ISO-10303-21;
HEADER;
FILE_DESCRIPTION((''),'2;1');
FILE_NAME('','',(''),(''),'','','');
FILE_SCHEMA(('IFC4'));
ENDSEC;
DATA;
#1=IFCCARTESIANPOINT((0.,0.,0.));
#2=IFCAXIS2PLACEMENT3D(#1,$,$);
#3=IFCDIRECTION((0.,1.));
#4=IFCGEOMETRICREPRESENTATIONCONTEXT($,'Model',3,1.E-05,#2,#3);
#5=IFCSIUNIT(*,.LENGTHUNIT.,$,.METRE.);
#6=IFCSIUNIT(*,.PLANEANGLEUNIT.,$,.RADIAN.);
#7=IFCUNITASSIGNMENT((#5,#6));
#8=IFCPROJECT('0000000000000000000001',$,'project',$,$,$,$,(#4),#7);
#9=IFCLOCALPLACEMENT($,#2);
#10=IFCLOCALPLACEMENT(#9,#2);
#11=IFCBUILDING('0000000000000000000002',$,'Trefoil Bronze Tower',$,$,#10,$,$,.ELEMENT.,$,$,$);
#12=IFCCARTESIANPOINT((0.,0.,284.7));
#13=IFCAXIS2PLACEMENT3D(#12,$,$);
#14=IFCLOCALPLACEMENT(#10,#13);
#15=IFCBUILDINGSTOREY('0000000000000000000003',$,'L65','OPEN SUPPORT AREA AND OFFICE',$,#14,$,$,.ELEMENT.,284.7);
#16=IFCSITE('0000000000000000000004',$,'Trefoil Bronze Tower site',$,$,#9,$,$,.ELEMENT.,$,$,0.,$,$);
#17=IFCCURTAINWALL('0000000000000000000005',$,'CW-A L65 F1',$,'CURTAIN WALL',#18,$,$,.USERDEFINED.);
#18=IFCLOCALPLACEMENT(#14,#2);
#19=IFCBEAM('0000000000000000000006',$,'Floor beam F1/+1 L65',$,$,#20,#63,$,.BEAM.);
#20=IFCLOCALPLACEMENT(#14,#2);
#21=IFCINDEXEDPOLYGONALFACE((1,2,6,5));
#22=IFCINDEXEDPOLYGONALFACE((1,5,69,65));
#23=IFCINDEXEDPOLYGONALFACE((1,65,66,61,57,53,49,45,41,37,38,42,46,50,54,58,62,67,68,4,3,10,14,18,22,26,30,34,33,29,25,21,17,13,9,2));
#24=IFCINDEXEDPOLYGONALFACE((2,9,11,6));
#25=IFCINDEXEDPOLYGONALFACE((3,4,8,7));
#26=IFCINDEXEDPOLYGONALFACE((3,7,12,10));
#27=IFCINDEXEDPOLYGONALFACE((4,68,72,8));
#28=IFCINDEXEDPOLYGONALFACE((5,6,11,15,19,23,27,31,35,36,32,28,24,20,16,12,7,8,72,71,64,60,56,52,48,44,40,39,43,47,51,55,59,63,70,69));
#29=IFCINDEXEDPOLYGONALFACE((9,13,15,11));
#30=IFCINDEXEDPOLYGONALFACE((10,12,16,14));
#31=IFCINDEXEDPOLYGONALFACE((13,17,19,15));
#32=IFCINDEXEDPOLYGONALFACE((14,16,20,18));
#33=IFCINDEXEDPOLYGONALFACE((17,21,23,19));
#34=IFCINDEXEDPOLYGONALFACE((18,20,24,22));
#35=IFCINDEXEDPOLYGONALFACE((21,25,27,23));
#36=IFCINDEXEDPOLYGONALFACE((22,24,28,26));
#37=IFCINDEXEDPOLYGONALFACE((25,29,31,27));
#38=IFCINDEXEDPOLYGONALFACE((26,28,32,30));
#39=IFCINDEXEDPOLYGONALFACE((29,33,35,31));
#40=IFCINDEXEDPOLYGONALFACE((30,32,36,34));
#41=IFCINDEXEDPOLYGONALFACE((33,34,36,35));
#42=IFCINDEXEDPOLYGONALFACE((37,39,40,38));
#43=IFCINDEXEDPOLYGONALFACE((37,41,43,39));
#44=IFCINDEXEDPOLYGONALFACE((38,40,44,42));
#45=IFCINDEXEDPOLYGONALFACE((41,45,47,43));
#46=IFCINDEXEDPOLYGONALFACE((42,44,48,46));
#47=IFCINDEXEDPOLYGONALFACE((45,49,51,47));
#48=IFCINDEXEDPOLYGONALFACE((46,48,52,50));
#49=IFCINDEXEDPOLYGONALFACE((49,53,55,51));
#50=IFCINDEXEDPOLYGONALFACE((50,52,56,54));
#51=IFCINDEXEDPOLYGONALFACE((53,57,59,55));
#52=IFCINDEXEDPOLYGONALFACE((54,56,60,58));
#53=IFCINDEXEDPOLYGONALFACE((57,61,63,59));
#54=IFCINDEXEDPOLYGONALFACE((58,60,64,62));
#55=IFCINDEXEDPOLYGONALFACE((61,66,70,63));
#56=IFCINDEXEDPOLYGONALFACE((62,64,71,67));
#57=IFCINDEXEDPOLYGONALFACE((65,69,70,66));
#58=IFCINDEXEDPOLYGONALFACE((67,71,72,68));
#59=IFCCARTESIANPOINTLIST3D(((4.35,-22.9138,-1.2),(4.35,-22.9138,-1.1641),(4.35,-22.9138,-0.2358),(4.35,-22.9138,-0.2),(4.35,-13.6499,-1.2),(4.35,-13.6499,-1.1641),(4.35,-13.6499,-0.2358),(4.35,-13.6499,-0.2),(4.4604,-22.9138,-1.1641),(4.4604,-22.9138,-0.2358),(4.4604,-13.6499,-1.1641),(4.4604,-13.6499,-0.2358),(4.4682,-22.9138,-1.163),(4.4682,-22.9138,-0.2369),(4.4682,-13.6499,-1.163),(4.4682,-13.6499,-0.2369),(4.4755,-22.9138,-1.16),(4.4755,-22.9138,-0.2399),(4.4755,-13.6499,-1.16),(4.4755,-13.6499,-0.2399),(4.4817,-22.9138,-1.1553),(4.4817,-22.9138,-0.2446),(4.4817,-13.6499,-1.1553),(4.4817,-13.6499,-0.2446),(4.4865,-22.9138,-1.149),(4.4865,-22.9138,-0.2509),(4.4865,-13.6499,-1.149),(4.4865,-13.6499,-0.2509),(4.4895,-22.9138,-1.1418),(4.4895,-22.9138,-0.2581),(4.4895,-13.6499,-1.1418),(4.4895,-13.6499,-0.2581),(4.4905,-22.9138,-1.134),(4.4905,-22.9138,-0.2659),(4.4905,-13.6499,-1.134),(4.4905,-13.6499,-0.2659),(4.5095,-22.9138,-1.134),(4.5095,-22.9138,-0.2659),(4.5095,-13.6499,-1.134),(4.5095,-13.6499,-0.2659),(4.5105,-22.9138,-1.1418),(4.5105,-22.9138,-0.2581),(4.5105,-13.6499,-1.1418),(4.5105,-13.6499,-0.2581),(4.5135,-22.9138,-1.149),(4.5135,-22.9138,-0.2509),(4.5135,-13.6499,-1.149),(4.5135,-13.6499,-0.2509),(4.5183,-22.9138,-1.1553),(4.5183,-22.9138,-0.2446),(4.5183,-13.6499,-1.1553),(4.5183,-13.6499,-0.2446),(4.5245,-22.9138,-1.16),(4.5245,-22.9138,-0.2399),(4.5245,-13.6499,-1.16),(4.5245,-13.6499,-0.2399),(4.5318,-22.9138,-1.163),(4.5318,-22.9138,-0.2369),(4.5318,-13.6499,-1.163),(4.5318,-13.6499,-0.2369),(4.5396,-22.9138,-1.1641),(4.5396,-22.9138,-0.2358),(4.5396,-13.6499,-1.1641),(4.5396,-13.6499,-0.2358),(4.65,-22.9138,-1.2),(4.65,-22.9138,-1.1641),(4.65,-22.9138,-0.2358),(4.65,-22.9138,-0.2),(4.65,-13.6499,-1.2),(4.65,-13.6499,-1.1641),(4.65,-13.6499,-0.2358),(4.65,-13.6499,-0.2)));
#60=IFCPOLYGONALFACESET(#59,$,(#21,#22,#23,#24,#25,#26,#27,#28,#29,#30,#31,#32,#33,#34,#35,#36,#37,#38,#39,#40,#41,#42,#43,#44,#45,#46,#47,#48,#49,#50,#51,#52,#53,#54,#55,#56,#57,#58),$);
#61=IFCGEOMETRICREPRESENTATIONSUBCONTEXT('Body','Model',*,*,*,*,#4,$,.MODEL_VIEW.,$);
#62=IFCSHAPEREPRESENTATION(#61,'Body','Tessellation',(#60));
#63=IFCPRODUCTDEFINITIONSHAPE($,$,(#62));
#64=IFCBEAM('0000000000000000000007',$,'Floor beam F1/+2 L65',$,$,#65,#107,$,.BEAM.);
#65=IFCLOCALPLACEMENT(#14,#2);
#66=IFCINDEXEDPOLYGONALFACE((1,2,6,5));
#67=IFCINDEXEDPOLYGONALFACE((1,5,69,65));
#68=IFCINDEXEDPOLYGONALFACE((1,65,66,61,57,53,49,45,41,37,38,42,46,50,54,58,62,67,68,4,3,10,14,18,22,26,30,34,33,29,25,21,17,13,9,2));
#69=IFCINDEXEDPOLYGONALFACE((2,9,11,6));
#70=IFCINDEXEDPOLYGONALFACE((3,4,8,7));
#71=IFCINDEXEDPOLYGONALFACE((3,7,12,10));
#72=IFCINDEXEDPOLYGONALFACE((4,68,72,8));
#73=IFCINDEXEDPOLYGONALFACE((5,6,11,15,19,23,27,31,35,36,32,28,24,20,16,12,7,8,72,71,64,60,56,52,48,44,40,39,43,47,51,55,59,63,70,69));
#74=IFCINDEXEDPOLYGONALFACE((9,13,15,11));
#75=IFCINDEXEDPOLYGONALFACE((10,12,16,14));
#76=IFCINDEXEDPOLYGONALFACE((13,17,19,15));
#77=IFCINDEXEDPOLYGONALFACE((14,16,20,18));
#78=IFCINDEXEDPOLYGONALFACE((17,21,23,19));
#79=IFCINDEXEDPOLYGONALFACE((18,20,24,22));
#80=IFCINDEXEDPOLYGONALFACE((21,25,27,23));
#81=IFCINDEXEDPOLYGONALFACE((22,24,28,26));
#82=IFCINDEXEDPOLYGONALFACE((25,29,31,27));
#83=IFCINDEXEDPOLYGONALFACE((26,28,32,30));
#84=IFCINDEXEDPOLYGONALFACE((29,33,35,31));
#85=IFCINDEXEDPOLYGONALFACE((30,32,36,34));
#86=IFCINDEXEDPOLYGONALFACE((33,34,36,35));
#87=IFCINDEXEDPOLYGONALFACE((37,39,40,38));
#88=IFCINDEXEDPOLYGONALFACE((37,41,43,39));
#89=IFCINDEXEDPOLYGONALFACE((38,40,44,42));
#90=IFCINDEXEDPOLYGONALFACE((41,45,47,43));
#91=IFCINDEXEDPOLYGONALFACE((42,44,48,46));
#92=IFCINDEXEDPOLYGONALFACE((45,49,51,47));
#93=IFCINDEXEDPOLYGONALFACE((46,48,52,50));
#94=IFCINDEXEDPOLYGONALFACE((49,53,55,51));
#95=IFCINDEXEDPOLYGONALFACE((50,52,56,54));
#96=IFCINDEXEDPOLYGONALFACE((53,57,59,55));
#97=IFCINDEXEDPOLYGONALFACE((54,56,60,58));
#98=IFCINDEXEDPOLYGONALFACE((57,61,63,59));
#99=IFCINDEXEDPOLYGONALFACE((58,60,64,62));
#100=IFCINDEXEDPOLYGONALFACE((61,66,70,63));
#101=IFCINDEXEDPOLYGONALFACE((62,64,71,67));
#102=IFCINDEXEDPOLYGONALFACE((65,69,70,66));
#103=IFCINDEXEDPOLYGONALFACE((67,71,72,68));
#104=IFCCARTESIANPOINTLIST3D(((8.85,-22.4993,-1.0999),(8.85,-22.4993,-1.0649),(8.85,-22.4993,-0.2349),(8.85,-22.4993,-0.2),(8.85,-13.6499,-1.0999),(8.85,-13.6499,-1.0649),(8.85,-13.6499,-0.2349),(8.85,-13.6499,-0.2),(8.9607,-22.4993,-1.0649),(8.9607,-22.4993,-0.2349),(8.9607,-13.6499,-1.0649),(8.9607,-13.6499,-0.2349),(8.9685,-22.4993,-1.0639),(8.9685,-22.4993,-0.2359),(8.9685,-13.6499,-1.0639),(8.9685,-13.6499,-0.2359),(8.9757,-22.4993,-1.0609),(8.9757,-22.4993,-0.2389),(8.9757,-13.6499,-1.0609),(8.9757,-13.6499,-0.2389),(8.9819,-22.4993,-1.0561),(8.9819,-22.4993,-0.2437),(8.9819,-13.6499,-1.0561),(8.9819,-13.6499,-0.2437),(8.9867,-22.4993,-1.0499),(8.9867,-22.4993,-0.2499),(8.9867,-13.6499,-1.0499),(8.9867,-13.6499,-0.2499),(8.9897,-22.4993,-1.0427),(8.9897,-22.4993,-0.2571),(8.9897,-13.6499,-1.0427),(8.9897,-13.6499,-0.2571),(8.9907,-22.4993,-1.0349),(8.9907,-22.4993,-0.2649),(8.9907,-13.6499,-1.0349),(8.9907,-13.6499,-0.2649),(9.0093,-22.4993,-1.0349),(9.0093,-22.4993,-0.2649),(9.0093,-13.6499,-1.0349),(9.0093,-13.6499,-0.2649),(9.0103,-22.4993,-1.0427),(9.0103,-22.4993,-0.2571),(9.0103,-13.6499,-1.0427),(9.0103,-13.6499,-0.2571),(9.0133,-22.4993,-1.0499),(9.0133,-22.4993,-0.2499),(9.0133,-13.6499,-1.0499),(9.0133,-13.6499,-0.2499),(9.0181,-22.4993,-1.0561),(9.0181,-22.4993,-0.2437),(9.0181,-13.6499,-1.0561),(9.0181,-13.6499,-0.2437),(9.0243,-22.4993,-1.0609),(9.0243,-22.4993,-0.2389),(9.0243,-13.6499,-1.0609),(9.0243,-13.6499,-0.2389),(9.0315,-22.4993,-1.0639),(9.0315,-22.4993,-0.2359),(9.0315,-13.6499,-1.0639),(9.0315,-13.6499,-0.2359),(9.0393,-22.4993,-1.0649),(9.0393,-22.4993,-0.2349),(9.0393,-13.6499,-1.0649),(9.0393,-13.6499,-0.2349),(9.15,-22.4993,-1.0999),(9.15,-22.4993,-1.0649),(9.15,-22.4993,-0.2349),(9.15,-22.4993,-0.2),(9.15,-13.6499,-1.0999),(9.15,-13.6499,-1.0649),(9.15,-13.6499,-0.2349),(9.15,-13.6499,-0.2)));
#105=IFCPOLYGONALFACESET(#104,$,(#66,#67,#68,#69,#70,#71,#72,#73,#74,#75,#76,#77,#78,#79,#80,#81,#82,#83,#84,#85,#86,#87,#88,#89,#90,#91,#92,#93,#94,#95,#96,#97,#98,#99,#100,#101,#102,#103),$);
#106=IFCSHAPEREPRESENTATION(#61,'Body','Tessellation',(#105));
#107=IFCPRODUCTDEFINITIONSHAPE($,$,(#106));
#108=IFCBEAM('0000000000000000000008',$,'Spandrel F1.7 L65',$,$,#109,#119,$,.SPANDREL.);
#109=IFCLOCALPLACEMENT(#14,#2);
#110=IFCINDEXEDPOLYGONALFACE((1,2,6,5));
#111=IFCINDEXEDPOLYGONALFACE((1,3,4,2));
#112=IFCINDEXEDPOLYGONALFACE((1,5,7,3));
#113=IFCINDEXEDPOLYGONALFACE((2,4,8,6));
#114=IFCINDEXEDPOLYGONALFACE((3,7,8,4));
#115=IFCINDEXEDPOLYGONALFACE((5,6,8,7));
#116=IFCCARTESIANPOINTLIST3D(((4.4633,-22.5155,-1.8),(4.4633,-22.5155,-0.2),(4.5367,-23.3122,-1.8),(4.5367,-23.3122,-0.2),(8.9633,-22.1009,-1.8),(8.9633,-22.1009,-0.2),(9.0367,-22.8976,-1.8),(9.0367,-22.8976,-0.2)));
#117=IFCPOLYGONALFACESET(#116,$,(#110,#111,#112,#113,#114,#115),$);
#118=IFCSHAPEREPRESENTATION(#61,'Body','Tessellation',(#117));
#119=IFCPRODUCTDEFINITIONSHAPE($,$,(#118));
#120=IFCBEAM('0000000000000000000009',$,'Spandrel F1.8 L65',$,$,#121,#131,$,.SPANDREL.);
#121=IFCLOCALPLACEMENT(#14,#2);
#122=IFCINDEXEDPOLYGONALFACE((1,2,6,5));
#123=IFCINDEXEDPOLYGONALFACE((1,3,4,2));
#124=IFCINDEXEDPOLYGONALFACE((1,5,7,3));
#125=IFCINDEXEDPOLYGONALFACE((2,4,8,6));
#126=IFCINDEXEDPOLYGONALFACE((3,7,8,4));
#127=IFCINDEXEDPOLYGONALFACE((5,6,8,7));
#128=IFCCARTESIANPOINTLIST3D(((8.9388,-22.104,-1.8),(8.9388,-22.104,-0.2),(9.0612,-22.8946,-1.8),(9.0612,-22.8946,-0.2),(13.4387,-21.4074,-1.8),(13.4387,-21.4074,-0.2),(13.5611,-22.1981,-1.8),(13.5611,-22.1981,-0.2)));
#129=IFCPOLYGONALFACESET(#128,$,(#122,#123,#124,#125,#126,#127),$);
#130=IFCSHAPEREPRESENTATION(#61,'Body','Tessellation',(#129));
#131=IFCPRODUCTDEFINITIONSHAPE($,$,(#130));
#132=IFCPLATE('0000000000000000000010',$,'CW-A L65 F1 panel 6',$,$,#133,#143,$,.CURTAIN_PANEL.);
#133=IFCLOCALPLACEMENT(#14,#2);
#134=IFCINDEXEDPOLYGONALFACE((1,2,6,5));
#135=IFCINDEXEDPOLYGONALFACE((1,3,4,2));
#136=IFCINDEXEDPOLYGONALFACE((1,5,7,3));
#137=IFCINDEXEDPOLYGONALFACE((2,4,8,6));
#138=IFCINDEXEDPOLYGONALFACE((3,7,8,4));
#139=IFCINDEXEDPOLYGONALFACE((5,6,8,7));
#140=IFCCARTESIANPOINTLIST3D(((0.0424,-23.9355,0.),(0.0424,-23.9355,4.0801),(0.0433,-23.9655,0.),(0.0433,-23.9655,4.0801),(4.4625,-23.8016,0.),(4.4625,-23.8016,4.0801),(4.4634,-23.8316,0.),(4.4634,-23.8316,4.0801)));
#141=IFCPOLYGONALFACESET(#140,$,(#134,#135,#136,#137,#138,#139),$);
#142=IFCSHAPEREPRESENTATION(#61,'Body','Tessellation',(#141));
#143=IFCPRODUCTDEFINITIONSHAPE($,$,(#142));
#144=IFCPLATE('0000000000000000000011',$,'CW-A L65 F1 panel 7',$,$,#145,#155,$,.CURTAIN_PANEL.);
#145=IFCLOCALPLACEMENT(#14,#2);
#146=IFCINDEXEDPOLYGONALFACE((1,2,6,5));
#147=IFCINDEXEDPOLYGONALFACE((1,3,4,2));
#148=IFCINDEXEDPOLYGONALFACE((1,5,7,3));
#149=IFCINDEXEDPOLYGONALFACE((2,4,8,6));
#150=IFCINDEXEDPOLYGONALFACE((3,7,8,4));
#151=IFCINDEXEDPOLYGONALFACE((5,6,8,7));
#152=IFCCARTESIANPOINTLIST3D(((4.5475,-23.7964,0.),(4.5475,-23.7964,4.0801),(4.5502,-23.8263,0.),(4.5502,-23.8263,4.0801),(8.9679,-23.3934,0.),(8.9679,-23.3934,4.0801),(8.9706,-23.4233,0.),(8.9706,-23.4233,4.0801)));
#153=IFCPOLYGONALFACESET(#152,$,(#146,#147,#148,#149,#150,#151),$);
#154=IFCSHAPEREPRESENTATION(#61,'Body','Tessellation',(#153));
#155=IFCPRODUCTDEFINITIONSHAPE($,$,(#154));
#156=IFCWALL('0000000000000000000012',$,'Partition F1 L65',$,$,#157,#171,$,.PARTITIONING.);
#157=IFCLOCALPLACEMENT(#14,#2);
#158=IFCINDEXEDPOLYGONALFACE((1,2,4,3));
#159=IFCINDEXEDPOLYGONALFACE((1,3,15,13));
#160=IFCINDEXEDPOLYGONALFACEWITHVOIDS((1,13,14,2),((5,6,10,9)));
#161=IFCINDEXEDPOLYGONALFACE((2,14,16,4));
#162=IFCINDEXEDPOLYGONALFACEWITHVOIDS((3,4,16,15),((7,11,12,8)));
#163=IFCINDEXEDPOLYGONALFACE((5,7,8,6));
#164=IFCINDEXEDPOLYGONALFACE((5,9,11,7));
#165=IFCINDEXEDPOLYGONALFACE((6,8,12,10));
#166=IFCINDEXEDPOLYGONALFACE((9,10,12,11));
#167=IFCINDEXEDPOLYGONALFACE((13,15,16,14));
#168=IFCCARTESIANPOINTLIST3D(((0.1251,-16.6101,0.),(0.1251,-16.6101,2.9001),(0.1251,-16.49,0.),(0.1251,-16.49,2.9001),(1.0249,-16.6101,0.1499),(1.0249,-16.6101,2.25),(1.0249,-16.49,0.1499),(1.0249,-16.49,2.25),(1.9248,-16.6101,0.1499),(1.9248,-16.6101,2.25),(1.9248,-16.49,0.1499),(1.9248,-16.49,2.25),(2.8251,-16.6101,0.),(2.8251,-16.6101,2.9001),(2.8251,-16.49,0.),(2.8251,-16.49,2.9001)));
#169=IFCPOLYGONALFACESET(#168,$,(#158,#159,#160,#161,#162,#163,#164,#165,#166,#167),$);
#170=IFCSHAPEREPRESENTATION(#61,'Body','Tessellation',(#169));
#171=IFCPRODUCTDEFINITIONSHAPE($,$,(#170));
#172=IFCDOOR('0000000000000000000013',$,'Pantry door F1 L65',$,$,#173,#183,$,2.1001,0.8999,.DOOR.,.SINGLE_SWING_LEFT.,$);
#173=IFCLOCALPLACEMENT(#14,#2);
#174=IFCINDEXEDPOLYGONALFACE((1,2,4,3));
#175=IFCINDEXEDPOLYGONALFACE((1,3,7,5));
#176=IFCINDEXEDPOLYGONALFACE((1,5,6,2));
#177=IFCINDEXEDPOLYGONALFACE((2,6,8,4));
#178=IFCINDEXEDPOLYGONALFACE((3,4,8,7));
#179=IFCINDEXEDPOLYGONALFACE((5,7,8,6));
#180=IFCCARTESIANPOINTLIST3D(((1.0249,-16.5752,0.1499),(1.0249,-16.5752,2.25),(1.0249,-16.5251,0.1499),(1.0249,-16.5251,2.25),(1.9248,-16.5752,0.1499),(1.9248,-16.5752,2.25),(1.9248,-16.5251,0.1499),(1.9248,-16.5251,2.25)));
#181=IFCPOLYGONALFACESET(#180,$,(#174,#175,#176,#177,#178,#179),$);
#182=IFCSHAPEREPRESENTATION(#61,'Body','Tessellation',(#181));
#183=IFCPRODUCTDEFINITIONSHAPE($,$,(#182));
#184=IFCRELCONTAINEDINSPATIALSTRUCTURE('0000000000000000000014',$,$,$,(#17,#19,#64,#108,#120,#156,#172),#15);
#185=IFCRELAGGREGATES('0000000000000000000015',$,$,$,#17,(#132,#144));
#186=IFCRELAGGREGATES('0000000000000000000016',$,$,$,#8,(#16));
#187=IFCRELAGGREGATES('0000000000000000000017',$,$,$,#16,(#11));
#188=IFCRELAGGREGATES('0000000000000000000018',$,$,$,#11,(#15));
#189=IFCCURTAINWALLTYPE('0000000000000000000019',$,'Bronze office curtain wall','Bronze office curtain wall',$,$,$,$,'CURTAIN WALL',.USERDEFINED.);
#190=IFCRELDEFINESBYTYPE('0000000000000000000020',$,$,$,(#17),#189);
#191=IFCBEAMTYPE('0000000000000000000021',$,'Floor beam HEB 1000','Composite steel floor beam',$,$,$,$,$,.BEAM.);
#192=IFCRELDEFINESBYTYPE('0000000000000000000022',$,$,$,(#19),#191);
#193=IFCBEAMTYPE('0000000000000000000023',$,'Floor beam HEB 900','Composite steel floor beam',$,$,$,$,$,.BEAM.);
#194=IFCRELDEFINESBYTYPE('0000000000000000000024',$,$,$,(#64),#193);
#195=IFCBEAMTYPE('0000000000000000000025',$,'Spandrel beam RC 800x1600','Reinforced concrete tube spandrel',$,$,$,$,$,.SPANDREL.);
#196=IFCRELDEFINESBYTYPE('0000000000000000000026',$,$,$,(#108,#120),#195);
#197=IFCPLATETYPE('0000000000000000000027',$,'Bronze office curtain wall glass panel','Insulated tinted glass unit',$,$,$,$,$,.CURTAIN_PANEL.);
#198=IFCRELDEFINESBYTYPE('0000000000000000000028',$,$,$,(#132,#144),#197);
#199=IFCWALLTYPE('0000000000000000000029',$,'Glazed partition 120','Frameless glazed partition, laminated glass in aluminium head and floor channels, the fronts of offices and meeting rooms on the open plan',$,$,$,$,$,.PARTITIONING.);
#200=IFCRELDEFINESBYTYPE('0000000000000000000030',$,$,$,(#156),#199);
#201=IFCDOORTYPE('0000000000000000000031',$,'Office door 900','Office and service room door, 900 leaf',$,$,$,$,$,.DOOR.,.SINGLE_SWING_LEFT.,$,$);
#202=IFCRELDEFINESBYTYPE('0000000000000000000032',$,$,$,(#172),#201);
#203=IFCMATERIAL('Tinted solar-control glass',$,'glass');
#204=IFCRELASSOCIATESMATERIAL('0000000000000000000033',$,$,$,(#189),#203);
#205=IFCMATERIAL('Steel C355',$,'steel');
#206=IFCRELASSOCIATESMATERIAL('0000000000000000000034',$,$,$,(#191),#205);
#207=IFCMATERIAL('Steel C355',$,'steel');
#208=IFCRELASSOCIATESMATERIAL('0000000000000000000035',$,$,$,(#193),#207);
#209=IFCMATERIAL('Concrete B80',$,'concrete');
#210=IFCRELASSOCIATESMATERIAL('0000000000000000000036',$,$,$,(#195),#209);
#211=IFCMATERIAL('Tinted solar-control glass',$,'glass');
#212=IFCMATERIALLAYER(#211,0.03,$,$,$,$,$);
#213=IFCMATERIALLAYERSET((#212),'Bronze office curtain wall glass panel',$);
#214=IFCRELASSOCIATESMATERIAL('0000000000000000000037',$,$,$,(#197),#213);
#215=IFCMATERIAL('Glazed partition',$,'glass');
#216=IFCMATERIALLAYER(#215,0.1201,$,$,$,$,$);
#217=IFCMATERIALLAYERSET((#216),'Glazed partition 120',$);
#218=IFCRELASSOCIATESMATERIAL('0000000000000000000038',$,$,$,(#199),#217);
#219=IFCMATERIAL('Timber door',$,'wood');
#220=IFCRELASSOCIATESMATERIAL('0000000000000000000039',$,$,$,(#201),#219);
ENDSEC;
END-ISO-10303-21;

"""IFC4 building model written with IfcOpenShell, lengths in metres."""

from ifc_helpers import new_model, si_unit, direction, frame, frame_2d, origin, origin_2d, place, context, subcontext, project, spatial, rectangle, i_section, extrude, material, layer, layer_set, material_profile, profile_set, type_object, element, fill, aggregate, save


model = new_model("IFC4")

# Units and contexts
model_context = context("Model", 3, precision=1e-05, world=origin(), true_north=direction((0.0, 1.0)))
body_context = subcontext(model_context, "Body", "Model", "MODEL_VIEW")
ifc_project = project(units=[si_unit("LENGTHUNIT", "METRE"), si_unit("PLANEANGLEUNIT", "RADIAN")], contexts=[model_context])

# Site, building, storey
site_placement = place(None, origin())
site = spatial("IfcSite", under=ifc_project, at=site_placement, Name="Trefoil Bronze Tower site", CompositionType="ELEMENT", RefElevation=0.0)
building_placement = place(site_placement, origin())
building = spatial("IfcBuilding", under=site, at=building_placement, Name="Trefoil Bronze Tower", CompositionType="ELEMENT")
storey_placement = place(building_placement, frame((0.0, 0.0, 284.7)))
storey = spatial("IfcBuildingStorey", under=building, at=storey_placement, Name="L65", Description="OPEN SUPPORT AREA AND OFFICE", CompositionType="ELEMENT", Elevation=284.7)

# Curtain wall
ifc_material_1 = material(Name="Tinted solar-control glass", Category="glass")
curtain_wall_type = type_object("IfcCurtainWallType", Name="Bronze office curtain wall", Description="Bronze office curtain wall", ElementType="CURTAIN WALL", PredefinedType="USERDEFINED", material=ifc_material_1)
curtain_wall_placement = place(storey_placement, origin())
curtain_wall = element("IfcCurtainWall", 1, at=curtain_wall_placement, inside=storey, type_object=curtain_wall_type, Name="CW-A L65 F1", ObjectType="CURTAIN WALL", PredefinedType="USERDEFINED")

# Beams
ifc_material_2 = material(Name="Steel C355", Category="steel")
ifc_material_profile_1 = material_profile(ifc_material_2, i_section(OverallWidth=0.3, OverallDepth=1.0, WebThickness=0.019, FlangeThickness=0.0359, FilletRadius=0.03, at=origin_2d()), Name="HEB 1000")
ifc_profile_set_1 = profile_set([ifc_material_profile_1], Name="Steel C355")
beam_type_1 = type_object("IfcBeamType", Name="Floor beam HEB 1000", Description="Composite steel floor beam", PredefinedType="BEAM", material=ifc_profile_set_1)
beam_1_placement = place(storey_placement, frame((4.5, -22.9138, -0.7), z_axis=(0.0, 1.0, 0.0), x_axis=(-1.0, 0.0, 0.0)))
element("IfcBeam", 2, at=beam_1_placement, inside=storey, type_object=beam_type_1, Name="Floor beam F1/+1 L65", PredefinedType="BEAM", context=body_context, shape_type="SweptSolid", body=[
    extrude(i_section(OverallWidth=0.3, OverallDepth=1.0, WebThickness=0.019, FlangeThickness=0.0359, FilletRadius=0.03, at=origin_2d()), origin(), (0.0, 0.0, 1.0), 9.2639),
])
ifc_material_3 = material(Name="Steel C355", Category="steel")
ifc_material_profile_2 = material_profile(ifc_material_3, i_section(OverallWidth=0.3, OverallDepth=0.8999, WebThickness=0.0186, FlangeThickness=0.0349, FilletRadius=0.03, at=origin_2d()), Name="HEB 900")
ifc_profile_set_2 = profile_set([ifc_material_profile_2], Name="Steel C355")
beam_type_2 = type_object("IfcBeamType", Name="Floor beam HEB 900", Description="Composite steel floor beam", PredefinedType="BEAM", material=ifc_profile_set_2)
beam_2_placement = place(storey_placement, frame((9.0, -22.4993, -0.6499), z_axis=(0.0, 1.0, 0.0), x_axis=(-1.0, 0.0, 0.0)))
element("IfcBeam", 3, at=beam_2_placement, inside=storey, type_object=beam_type_2, Name="Floor beam F1/+2 L65", PredefinedType="BEAM", context=body_context, shape_type="SweptSolid", body=[
    extrude(i_section(OverallWidth=0.3, OverallDepth=0.8999, WebThickness=0.0186, FlangeThickness=0.0349, FilletRadius=0.03, at=origin_2d()), origin(), (0.0, 0.0, 1.0), 8.8494),
])
ifc_material_4 = material(Name="Concrete B80", Category="concrete")
ifc_material_profile_3 = material_profile(ifc_material_4, rectangle(XDim=0.8, YDim=1.6001, at=origin_2d()), Name="RC 800x1600")
ifc_profile_set_3 = profile_set([ifc_material_profile_3], Name="Concrete B80")
beam_type_3 = type_object("IfcBeamType", Name="Spandrel beam RC 800x1600", Description="Reinforced concrete tube spandrel", PredefinedType="SPANDREL", material=ifc_profile_set_3)
beam_3_placement = place(storey_placement, frame((4.5, -22.9138, -1.0), z_axis=(0.995784, 0.091734, 0.0), x_axis=(-0.091734, 0.995784, 0.0)))
element("IfcBeam", 4, at=beam_3_placement, inside=storey, type_object=beam_type_3, Name="Spandrel F1.7 L65", PredefinedType="SPANDREL", context=body_context, shape_type="SweptSolid", body=[
    extrude(rectangle(XDim=0.8, YDim=1.6001, at=origin_2d()), origin(), (0.0, 0.0, 1.0), 4.519),
])
beam_4_placement = place(storey_placement, frame((9.0, -22.4993, -1.0), z_axis=(0.988232, 0.152964, 0.0), x_axis=(-0.152964, 0.988232, 0.0)))
element("IfcBeam", 5, at=beam_4_placement, inside=storey, type_object=beam_type_3, Name="Spandrel F1.8 L65", PredefinedType="SPANDREL", context=body_context, shape_type="SweptSolid", body=[
    extrude(rectangle(XDim=0.8, YDim=1.6001, at=origin_2d()), origin(), (0.0, 0.0, 1.0), 4.5535),
])

# Plates
ifc_material_5 = material(Name="Tinted solar-control glass", Category="glass")
ifc_layer_1 = layer(ifc_material_5, 0.03)
ifc_layer_set_1 = layer_set([ifc_layer_1], Name="Bronze office curtain wall glass panel")
plate_type = type_object("IfcPlateType", Name="Bronze office curtain wall glass panel", Description="Insulated tinted glass unit", PredefinedType="CURTAIN_PANEL", material=ifc_layer_set_1)
plate_1_placement = place(storey_placement, frame((2.2529, -23.8835, 0.0), z_axis=(0.0, 0.0, 1.0), x_axis=(0.999542, 0.030263, 0.0)))
plate_1 = element("IfcPlate", 6, at=plate_1_placement, type_object=plate_type, Name="CW-A L65 F1 panel 6", PredefinedType="CURTAIN_PANEL", context=body_context, shape_type="SweptSolid", body=[
    extrude(rectangle(XDim=4.4221, YDim=0.03, at=origin_2d()), origin(), (0.0, 0.0, 1.0), 4.0801),
])
plate_2_placement = place(storey_placement, frame((6.759, -23.6099, 0.0), z_axis=(0.0, 0.0, 1.0), x_axis=(0.99587, 0.090789, 0.0)))
plate_2 = element("IfcPlate", 7, at=plate_2_placement, type_object=plate_type, Name="CW-A L65 F1 panel 7", PredefinedType="CURTAIN_PANEL", context=body_context, shape_type="SweptSolid", body=[
    extrude(rectangle(XDim=4.4387, YDim=0.03, at=origin_2d()), origin(), (0.0, 0.0, 1.0), 4.0801),
])
aggregate(curtain_wall, [plate_1, plate_2])

# Wall, opening, door
ifc_material_6 = material(Name="Glazed partition", Category="glass")
ifc_layer_2 = layer(ifc_material_6, 0.1201)
ifc_layer_set_2 = layer_set([ifc_layer_2], Name="Glazed partition 120")
wall_type_1 = type_object("IfcWallType", Name="Glazed partition 120", Description="Frameless glazed partition, laminated glass in aluminium head and floor channels, the fronts of offices and meeting rooms on the open plan", PredefinedType="PARTITIONING", material=ifc_layer_set_2)
wall_1_placement = place(storey_placement, frame((0.125, -16.55, 0.0), z_axis=(0.0, 0.0, 1.0), x_axis=(1.0, 0.0, 0.0)))
wall_1 = element("IfcWall", 8, at=wall_1_placement, inside=storey, type_object=wall_type_1, Name="Partition F1 L65", PredefinedType="PARTITIONING", context=body_context, shape_type="SweptSolid", body=[
    extrude(rectangle(XDim=2.7, YDim=0.1201, at=frame_2d((1.3501, 0.0))), origin(), (0.0, 0.0, 1.0), 2.9001),
])
opening_1_placement = place(wall_1_placement, frame((0.8999, 0.0, 0.1499)))
opening_1 = element("IfcOpeningElement", 9, at=opening_1_placement, cuts=wall_1, PredefinedType="OPENING", context=body_context, shape_type="SweptSolid", body=[
    extrude(rectangle(XDim=0.8999, YDim=2.1001, at=frame_2d((0.45, 1.05))), frame((0.0, 0.0701, 0.0), z_axis=(0.0, -1.0, 0.0), x_axis=(1.0, 0.0, 0.0)), (0.0, 0.0, 1.0), 0.1401),
])
ifc_material_7 = material(Name="Timber door", Category="wood")
door_type = type_object("IfcDoorType", Name="Office door 900", Description="Office and service room door, 900 leaf", OperationType="SINGLE_SWING_LEFT", PredefinedType="DOOR", material=ifc_material_7)
door_1_placement = place(opening_1_placement, origin())
door_1 = element("IfcDoor", 10, at=door_1_placement, inside=storey, type_object=door_type, Name="Pantry door F1 L65", OperationType="SINGLE_SWING_LEFT", OverallHeight=2.1001, OverallWidth=0.8999, PredefinedType="DOOR", context=body_context, shape_type="SweptSolid", body=[
    extrude(rectangle(XDim=0.8999, YDim=2.1001, at=frame_2d((0.45, 1.05))), frame((0.0, 0.0249, 0.0), z_axis=(0.0, -1.0, 0.0), x_axis=(1.0, 0.0, 0.0)), (0.0, 0.0, 1.0), 0.05),
])
fill(opening_1, door_1)

save(model, "model.ifc")
